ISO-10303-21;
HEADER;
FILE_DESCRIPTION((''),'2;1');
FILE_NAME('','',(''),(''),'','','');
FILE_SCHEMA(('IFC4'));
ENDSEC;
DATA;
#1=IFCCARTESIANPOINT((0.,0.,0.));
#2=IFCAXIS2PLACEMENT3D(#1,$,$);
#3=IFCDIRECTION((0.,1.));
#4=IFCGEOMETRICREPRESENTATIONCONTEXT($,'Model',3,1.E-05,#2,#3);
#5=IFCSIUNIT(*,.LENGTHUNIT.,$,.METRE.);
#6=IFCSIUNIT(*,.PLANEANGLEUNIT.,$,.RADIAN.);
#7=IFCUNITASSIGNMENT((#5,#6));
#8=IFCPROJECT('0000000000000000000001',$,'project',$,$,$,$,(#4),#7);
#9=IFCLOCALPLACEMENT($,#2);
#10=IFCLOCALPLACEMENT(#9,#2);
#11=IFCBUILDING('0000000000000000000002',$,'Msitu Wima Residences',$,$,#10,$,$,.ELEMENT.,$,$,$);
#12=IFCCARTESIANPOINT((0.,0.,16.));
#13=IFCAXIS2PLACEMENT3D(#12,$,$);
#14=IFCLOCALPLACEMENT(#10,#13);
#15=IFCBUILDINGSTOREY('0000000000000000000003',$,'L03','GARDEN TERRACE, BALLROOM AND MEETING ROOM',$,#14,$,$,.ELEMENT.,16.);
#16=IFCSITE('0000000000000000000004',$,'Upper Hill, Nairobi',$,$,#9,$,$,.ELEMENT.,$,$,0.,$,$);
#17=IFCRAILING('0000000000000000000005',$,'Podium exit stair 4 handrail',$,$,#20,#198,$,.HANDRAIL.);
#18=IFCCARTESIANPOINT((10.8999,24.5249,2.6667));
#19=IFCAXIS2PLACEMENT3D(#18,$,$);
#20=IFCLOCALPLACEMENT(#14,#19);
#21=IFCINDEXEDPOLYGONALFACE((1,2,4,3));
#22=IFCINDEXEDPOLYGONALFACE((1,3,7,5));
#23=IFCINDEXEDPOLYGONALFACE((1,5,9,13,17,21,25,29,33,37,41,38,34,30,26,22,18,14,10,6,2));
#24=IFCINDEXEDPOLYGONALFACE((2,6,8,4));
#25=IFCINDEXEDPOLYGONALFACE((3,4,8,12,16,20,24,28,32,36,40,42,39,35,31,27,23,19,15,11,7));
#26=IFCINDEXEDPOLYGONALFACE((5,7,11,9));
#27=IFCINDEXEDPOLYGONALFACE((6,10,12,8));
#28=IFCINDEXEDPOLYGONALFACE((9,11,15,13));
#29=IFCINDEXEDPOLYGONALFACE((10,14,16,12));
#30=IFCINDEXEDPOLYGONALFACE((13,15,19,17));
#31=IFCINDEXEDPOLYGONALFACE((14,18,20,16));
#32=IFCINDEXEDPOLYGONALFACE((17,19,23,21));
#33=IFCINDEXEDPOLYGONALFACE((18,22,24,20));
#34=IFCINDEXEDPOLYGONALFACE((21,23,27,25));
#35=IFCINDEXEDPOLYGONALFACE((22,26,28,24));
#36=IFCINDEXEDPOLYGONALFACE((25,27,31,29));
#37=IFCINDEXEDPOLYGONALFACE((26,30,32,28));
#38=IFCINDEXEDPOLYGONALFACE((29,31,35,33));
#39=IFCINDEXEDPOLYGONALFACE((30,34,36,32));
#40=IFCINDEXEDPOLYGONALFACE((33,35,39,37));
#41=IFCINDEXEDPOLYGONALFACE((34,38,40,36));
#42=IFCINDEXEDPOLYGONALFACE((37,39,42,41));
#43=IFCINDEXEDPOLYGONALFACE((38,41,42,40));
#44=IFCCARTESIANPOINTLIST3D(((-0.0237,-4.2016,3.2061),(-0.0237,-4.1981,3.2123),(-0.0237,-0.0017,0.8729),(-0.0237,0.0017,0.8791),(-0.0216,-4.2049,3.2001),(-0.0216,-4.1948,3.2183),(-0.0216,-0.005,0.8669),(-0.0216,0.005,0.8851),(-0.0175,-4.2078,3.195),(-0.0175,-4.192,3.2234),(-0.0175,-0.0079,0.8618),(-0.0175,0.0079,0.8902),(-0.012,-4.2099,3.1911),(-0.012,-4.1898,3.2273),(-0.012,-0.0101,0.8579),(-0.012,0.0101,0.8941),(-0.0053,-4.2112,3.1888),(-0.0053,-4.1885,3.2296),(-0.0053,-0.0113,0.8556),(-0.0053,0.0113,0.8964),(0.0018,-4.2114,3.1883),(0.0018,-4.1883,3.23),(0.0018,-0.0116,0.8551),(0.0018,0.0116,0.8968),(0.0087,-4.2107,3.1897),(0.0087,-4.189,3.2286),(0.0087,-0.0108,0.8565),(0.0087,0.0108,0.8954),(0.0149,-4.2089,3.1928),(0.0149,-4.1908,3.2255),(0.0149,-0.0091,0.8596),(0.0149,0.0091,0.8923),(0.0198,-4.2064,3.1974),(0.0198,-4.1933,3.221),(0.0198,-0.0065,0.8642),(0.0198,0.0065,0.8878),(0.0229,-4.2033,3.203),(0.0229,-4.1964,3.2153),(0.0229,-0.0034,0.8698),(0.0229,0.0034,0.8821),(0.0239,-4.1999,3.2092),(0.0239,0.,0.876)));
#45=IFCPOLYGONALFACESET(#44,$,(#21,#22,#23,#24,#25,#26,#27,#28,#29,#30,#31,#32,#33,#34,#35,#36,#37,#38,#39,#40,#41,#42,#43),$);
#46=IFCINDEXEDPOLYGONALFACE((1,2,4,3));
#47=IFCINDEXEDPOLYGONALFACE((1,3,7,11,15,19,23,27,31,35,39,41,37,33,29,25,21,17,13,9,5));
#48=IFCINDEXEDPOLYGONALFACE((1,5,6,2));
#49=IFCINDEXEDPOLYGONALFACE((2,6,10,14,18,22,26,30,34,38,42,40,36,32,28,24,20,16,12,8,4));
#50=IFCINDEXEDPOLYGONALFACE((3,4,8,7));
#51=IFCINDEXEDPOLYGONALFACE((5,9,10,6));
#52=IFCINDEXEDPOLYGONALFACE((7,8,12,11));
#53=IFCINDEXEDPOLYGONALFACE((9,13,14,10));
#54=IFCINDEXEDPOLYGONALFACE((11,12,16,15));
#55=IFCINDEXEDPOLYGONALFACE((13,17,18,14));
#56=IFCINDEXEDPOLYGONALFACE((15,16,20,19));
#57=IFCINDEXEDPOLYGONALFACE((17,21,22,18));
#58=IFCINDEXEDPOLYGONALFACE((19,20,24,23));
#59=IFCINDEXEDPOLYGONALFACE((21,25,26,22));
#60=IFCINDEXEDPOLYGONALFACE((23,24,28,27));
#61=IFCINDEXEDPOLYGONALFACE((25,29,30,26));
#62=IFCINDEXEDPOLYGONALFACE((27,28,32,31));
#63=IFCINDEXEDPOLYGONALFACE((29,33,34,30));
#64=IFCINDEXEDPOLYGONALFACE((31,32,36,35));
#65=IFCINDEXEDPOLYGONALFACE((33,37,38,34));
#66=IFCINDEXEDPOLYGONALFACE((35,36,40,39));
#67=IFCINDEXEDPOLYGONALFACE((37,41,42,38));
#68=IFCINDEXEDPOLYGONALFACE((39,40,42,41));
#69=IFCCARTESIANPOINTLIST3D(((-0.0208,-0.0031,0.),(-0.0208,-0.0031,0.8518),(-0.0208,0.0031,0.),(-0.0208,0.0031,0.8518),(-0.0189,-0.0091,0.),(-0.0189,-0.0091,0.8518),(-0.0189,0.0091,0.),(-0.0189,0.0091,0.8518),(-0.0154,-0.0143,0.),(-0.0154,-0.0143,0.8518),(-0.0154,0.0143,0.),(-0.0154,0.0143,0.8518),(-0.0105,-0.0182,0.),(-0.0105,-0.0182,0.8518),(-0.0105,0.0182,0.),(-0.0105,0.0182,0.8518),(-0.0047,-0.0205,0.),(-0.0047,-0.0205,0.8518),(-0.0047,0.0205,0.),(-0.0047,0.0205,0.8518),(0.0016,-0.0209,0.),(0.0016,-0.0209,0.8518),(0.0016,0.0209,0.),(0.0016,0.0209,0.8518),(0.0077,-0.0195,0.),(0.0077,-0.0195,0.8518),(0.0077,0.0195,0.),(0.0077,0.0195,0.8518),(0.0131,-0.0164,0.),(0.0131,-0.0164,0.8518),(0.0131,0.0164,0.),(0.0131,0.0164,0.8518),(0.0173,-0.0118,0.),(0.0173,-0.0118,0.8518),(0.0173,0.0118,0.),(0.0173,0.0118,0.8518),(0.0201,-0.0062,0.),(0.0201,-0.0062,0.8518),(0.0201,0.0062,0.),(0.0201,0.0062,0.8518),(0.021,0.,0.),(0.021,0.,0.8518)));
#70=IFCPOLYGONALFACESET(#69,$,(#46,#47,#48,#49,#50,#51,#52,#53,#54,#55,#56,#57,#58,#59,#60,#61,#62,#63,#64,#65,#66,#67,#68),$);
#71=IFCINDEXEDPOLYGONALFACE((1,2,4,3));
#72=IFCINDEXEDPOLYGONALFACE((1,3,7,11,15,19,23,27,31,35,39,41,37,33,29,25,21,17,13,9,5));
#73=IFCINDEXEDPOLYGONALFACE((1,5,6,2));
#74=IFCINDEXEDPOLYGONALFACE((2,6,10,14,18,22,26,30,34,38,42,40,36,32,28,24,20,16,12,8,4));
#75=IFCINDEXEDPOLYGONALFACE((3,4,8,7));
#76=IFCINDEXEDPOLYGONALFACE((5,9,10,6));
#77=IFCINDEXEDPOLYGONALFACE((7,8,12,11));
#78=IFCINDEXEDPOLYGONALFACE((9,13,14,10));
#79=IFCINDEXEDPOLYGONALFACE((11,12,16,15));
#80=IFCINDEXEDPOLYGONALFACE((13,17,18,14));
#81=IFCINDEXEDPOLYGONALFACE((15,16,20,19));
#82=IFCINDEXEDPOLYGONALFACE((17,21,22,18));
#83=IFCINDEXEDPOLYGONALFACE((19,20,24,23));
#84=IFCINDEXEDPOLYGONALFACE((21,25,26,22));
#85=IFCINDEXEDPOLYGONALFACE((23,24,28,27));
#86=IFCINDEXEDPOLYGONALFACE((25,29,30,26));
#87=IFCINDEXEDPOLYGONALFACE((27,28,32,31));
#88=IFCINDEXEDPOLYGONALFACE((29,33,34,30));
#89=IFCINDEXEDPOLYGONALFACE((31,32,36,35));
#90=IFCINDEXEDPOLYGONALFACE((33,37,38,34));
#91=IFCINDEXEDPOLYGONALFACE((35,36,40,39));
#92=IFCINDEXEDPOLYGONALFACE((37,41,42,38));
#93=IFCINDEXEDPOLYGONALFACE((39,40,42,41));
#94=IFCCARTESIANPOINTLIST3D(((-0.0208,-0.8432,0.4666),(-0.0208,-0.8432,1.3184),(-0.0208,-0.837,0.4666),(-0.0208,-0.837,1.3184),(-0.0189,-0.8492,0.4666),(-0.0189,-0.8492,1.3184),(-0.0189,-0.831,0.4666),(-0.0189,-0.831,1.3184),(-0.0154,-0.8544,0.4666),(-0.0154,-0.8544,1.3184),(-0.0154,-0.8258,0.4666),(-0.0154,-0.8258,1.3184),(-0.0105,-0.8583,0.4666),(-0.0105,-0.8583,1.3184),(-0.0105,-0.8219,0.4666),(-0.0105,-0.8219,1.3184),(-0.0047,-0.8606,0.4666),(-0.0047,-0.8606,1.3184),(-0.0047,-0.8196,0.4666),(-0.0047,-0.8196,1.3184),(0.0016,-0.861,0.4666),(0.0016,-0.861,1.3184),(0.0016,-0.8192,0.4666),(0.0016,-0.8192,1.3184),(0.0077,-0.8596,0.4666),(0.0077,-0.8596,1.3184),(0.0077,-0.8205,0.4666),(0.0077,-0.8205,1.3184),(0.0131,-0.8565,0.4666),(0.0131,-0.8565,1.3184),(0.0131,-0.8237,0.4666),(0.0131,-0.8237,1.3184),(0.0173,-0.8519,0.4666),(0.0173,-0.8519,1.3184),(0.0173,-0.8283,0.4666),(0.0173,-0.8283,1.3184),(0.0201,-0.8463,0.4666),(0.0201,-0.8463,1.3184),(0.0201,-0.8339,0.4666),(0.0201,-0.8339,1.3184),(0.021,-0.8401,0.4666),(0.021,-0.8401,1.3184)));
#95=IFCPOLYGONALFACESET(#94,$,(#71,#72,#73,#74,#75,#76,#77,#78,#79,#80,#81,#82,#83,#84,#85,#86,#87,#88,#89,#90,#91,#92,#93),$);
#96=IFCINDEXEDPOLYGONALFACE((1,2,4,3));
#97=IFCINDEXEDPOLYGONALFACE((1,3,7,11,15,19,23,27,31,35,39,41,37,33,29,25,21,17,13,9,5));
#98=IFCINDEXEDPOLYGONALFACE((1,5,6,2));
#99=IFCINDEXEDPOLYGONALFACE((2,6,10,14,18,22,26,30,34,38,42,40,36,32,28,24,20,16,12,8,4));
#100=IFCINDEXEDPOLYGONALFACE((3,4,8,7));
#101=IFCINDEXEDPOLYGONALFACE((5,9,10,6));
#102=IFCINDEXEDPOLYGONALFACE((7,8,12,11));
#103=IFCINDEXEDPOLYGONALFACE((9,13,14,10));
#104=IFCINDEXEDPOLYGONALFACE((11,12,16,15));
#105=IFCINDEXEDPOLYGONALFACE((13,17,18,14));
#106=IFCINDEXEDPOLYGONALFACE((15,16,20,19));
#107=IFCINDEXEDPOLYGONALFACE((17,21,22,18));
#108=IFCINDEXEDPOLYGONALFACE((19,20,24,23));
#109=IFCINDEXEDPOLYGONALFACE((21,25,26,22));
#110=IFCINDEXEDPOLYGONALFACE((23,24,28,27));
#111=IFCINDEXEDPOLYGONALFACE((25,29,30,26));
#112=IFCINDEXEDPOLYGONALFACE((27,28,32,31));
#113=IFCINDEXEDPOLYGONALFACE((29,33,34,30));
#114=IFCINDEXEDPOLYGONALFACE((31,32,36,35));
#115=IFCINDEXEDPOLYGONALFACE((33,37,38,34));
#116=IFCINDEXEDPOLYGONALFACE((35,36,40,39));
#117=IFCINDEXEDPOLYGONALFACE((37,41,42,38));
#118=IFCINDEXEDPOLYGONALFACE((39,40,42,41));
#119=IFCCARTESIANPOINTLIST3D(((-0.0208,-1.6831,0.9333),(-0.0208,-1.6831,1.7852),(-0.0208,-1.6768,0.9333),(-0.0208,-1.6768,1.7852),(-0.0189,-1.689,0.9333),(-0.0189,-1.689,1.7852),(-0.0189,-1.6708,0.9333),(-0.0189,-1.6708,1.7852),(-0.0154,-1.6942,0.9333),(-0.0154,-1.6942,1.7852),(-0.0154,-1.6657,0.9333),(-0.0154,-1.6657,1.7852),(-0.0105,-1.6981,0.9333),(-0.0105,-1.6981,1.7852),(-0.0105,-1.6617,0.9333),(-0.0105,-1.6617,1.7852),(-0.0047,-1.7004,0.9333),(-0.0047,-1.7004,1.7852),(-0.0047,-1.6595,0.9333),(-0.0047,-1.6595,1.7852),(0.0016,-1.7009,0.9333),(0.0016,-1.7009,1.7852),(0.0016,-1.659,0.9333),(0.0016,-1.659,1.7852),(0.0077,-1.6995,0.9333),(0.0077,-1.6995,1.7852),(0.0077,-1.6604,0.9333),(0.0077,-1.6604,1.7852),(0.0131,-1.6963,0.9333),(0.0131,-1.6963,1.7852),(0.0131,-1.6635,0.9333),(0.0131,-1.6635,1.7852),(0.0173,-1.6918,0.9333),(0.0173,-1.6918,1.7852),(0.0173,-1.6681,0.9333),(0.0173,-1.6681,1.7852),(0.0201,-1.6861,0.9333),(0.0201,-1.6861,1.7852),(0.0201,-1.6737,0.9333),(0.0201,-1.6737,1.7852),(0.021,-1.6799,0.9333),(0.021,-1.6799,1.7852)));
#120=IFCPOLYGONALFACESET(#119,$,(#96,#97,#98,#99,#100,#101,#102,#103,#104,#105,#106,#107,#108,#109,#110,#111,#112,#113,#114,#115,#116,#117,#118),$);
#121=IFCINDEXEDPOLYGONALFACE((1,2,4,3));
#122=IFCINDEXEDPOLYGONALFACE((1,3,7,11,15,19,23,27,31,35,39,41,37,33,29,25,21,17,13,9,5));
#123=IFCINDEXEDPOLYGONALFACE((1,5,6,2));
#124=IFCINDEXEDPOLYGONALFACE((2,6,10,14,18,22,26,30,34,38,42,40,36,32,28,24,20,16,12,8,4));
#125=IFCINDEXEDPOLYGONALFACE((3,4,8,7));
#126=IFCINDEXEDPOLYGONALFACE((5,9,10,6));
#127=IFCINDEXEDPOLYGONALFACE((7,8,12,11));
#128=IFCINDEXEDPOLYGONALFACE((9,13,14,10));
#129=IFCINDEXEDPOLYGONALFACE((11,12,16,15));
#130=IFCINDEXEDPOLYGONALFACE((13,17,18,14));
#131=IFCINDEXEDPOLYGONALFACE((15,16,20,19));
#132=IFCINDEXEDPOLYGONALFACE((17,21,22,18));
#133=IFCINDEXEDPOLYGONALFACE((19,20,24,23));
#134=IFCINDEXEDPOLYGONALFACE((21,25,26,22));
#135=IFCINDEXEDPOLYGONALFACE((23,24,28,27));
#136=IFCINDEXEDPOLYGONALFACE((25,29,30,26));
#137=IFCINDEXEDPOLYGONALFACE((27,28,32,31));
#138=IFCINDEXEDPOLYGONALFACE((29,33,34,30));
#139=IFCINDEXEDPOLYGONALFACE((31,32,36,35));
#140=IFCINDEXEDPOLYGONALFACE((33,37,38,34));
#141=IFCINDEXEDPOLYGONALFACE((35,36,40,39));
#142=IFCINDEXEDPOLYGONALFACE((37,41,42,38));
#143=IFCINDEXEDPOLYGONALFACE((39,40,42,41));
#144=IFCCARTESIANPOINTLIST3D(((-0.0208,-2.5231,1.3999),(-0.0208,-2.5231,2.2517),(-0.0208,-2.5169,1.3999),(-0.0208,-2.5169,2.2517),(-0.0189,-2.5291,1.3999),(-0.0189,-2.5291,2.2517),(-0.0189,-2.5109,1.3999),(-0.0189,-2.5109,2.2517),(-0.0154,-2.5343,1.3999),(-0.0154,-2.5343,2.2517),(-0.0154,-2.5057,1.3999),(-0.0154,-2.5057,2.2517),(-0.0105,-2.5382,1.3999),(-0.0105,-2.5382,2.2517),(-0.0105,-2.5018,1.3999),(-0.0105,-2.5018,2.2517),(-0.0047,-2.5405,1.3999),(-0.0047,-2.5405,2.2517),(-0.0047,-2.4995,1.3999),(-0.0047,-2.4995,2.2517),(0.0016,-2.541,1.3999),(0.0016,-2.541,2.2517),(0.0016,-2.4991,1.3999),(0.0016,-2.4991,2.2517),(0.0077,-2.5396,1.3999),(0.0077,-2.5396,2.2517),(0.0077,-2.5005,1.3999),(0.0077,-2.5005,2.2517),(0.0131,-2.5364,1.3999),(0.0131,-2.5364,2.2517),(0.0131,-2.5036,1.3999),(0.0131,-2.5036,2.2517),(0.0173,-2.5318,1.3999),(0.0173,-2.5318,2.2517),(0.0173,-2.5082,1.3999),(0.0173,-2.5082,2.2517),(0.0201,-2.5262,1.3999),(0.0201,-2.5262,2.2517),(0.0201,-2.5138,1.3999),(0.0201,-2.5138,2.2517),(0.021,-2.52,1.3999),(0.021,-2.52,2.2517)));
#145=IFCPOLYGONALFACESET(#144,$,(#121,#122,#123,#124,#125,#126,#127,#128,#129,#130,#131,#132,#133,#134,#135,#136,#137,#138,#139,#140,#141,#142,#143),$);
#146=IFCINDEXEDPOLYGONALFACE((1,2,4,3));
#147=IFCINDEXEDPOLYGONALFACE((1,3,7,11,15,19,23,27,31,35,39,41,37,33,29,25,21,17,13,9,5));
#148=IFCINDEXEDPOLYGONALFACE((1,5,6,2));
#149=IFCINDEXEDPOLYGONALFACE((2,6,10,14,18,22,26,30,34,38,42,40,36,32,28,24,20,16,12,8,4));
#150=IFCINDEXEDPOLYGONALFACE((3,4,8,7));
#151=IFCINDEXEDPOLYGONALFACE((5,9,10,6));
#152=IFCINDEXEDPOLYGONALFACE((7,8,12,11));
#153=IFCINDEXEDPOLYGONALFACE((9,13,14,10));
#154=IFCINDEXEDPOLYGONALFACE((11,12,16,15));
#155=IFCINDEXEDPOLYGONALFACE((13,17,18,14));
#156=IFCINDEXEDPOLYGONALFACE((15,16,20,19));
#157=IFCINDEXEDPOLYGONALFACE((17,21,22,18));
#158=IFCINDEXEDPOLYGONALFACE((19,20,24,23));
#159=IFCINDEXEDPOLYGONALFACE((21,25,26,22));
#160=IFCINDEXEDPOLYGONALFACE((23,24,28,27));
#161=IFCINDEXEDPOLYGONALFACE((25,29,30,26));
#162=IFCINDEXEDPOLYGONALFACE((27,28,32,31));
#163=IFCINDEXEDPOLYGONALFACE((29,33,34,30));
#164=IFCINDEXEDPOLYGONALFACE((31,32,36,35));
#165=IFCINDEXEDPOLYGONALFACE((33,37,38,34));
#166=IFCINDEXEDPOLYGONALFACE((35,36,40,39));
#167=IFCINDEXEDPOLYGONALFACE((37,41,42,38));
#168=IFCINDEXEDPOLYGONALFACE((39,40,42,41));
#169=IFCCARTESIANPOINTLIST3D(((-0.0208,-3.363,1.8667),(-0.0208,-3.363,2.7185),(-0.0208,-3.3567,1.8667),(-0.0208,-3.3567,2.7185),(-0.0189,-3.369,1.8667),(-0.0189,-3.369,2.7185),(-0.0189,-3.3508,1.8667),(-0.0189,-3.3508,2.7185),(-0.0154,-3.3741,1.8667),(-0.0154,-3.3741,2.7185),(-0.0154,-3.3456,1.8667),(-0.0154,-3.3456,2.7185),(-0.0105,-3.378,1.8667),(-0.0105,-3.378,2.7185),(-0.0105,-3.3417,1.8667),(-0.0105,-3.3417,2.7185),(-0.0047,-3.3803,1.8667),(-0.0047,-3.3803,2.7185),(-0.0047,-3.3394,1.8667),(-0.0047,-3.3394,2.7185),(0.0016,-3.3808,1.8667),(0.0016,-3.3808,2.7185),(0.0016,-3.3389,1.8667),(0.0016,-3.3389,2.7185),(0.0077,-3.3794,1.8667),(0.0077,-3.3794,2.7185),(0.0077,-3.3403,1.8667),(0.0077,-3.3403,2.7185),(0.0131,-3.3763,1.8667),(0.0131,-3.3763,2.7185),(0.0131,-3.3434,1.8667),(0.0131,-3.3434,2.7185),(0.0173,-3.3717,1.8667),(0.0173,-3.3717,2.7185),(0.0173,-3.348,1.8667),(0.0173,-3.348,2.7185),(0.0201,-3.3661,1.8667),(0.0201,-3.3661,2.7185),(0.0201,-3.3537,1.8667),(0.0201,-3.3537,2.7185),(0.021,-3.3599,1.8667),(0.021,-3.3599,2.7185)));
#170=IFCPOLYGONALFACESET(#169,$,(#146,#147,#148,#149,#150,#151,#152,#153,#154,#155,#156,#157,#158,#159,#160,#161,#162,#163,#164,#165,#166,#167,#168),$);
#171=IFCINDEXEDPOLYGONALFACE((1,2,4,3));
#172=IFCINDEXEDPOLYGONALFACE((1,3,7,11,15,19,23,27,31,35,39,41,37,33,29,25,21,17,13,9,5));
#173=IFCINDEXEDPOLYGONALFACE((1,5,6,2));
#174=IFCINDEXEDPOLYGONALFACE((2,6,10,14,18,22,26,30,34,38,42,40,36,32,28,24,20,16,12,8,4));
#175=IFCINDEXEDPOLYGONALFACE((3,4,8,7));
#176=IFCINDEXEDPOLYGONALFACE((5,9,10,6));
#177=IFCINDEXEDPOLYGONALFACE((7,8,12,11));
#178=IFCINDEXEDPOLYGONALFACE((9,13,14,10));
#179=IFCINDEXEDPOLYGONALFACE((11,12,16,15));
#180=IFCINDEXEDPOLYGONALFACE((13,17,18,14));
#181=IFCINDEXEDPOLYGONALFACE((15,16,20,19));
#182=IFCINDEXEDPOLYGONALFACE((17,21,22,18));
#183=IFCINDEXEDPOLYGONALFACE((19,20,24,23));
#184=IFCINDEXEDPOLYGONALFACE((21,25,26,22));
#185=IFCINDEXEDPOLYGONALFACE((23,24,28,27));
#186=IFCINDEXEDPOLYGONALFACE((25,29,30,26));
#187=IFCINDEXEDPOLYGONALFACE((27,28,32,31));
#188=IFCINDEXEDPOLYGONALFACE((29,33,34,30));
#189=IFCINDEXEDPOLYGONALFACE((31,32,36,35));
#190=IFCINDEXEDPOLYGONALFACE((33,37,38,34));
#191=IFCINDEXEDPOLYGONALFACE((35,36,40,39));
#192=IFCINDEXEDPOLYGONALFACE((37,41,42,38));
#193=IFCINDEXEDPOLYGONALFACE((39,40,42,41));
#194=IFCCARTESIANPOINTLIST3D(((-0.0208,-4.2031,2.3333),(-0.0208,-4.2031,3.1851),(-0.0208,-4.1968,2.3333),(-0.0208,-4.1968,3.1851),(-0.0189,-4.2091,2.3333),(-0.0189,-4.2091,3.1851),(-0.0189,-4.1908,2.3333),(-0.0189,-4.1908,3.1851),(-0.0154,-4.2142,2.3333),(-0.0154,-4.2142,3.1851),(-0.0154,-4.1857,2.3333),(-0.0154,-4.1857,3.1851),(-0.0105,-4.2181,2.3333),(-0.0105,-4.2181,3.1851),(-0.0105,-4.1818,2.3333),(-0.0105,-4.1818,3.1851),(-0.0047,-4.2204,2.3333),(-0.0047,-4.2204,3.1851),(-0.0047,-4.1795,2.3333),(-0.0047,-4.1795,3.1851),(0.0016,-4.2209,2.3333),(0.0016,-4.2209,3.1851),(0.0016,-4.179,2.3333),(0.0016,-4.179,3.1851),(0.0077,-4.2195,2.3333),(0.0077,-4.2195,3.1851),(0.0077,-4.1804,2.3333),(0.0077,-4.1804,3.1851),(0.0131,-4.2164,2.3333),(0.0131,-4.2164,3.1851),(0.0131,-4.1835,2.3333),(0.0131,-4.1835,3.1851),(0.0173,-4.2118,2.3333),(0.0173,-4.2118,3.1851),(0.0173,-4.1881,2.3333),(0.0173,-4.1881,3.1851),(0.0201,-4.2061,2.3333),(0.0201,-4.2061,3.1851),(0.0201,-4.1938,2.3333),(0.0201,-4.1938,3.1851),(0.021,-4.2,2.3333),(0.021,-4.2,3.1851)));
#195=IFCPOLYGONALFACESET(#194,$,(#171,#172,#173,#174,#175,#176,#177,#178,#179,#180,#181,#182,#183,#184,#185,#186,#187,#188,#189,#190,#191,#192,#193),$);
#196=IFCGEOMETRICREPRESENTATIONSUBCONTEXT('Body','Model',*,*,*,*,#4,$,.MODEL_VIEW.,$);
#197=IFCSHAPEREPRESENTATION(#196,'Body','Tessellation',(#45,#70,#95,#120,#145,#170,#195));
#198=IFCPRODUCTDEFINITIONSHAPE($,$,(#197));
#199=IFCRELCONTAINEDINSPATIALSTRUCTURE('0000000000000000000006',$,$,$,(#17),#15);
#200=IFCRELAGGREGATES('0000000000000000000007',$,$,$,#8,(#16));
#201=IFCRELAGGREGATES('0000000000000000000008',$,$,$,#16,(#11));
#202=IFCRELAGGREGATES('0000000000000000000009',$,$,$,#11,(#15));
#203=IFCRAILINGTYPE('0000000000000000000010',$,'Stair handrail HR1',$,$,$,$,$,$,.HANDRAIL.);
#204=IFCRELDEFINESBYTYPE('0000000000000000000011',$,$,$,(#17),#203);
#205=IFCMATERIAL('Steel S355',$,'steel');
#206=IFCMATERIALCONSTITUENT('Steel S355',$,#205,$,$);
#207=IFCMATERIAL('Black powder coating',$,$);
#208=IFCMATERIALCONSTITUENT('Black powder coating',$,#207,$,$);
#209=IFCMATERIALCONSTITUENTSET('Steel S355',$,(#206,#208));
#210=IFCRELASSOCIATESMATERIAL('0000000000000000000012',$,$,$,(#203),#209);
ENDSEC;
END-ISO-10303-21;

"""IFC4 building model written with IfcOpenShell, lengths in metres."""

from ifc_helpers import new_model, si_unit, direction, frame, origin, origin_2d, place, context, subcontext, project, spatial, circle, extrude, material, constituent, constituent_set, type_object, element, save


model = new_model("IFC4")

# Units and contexts
model_context = context("Model", 3, precision=1e-05, world=origin(), true_north=direction((0.0, 1.0)))
body_context = subcontext(model_context, "Body", "Model", "MODEL_VIEW")
ifc_project = project(units=[si_unit("LENGTHUNIT", "METRE"), si_unit("PLANEANGLEUNIT", "RADIAN")], contexts=[model_context])

# Site, building, storey
site_placement = place(None, origin())
site = spatial("IfcSite", under=ifc_project, at=site_placement, Name="Upper Hill, Nairobi", CompositionType="ELEMENT", RefElevation=0.0)
building_placement = place(site_placement, origin())
building = spatial("IfcBuilding", under=site, at=building_placement, Name="Msitu Wima Residences", CompositionType="ELEMENT")
storey_placement = place(building_placement, frame((0.0, 0.0, 16.0)))
storey = spatial("IfcBuildingStorey", under=building, at=storey_placement, Name="L03", Description="GARDEN TERRACE, BALLROOM AND MEETING ROOM", CompositionType="ELEMENT", Elevation=16.0)

# Railing
ifc_material_1 = material(Name="Steel S355", Category="steel")
ifc_constituent_1 = constituent(ifc_material_1, Name="Steel S355")
ifc_material_2 = material(Name="Black powder coating")
ifc_constituent_2 = constituent(ifc_material_2, Name="Black powder coating")
ifc_constituent_set = constituent_set(constituents=[ifc_constituent_1, ifc_constituent_2], Name="Steel S355")
railing_type = type_object("IfcRailingType", Name="Stair handrail HR1", PredefinedType="HANDRAIL", material=ifc_constituent_set)
for number, where, name in (
    (1, (10.8999, 24.5249, 2.6667), "Podium exit stair 4 handrail"),
):
    element("IfcRailing", number, at=place(storey_placement, frame(where)), inside=storey, type_object=railing_type, Name=name, PredefinedType="HANDRAIL", context=body_context, shape_type="SweptSolid", body=[
        extrude(circle(Radius=0.0239, at=origin_2d()), frame((0.0, 0.0, 0.876), z_axis=(0.0, -0.874162, 0.485634), x_axis=(1.0, 0.0, 0.0)), (0.0, 0.0, 1.0), 4.8044),
        extrude(circle(Radius=0.021, at=origin_2d()), origin(), (0.0, 0.0, 1.0), 0.8518),
        extrude(circle(Radius=0.021, at=origin_2d()), frame((0.0, -0.8401, 0.4666)), (0.0, 0.0, 1.0), 0.8518),
        extrude(circle(Radius=0.021, at=origin_2d()), frame((0.0, -1.6799, 0.9333)), (0.0, 0.0, 1.0), 0.8518),
        extrude(circle(Radius=0.021, at=origin_2d()), frame((0.0, -2.52, 1.3999)), (0.0, 0.0, 1.0), 0.8518),
        extrude(circle(Radius=0.021, at=origin_2d()), frame((0.0, -3.3599, 1.8667)), (0.0, 0.0, 1.0), 0.8518),
        extrude(circle(Radius=0.021, at=origin_2d()), frame((0.0, -4.2, 2.3333)), (0.0, 0.0, 1.0), 0.8518),
    ])

save(model, "model.ifc")
